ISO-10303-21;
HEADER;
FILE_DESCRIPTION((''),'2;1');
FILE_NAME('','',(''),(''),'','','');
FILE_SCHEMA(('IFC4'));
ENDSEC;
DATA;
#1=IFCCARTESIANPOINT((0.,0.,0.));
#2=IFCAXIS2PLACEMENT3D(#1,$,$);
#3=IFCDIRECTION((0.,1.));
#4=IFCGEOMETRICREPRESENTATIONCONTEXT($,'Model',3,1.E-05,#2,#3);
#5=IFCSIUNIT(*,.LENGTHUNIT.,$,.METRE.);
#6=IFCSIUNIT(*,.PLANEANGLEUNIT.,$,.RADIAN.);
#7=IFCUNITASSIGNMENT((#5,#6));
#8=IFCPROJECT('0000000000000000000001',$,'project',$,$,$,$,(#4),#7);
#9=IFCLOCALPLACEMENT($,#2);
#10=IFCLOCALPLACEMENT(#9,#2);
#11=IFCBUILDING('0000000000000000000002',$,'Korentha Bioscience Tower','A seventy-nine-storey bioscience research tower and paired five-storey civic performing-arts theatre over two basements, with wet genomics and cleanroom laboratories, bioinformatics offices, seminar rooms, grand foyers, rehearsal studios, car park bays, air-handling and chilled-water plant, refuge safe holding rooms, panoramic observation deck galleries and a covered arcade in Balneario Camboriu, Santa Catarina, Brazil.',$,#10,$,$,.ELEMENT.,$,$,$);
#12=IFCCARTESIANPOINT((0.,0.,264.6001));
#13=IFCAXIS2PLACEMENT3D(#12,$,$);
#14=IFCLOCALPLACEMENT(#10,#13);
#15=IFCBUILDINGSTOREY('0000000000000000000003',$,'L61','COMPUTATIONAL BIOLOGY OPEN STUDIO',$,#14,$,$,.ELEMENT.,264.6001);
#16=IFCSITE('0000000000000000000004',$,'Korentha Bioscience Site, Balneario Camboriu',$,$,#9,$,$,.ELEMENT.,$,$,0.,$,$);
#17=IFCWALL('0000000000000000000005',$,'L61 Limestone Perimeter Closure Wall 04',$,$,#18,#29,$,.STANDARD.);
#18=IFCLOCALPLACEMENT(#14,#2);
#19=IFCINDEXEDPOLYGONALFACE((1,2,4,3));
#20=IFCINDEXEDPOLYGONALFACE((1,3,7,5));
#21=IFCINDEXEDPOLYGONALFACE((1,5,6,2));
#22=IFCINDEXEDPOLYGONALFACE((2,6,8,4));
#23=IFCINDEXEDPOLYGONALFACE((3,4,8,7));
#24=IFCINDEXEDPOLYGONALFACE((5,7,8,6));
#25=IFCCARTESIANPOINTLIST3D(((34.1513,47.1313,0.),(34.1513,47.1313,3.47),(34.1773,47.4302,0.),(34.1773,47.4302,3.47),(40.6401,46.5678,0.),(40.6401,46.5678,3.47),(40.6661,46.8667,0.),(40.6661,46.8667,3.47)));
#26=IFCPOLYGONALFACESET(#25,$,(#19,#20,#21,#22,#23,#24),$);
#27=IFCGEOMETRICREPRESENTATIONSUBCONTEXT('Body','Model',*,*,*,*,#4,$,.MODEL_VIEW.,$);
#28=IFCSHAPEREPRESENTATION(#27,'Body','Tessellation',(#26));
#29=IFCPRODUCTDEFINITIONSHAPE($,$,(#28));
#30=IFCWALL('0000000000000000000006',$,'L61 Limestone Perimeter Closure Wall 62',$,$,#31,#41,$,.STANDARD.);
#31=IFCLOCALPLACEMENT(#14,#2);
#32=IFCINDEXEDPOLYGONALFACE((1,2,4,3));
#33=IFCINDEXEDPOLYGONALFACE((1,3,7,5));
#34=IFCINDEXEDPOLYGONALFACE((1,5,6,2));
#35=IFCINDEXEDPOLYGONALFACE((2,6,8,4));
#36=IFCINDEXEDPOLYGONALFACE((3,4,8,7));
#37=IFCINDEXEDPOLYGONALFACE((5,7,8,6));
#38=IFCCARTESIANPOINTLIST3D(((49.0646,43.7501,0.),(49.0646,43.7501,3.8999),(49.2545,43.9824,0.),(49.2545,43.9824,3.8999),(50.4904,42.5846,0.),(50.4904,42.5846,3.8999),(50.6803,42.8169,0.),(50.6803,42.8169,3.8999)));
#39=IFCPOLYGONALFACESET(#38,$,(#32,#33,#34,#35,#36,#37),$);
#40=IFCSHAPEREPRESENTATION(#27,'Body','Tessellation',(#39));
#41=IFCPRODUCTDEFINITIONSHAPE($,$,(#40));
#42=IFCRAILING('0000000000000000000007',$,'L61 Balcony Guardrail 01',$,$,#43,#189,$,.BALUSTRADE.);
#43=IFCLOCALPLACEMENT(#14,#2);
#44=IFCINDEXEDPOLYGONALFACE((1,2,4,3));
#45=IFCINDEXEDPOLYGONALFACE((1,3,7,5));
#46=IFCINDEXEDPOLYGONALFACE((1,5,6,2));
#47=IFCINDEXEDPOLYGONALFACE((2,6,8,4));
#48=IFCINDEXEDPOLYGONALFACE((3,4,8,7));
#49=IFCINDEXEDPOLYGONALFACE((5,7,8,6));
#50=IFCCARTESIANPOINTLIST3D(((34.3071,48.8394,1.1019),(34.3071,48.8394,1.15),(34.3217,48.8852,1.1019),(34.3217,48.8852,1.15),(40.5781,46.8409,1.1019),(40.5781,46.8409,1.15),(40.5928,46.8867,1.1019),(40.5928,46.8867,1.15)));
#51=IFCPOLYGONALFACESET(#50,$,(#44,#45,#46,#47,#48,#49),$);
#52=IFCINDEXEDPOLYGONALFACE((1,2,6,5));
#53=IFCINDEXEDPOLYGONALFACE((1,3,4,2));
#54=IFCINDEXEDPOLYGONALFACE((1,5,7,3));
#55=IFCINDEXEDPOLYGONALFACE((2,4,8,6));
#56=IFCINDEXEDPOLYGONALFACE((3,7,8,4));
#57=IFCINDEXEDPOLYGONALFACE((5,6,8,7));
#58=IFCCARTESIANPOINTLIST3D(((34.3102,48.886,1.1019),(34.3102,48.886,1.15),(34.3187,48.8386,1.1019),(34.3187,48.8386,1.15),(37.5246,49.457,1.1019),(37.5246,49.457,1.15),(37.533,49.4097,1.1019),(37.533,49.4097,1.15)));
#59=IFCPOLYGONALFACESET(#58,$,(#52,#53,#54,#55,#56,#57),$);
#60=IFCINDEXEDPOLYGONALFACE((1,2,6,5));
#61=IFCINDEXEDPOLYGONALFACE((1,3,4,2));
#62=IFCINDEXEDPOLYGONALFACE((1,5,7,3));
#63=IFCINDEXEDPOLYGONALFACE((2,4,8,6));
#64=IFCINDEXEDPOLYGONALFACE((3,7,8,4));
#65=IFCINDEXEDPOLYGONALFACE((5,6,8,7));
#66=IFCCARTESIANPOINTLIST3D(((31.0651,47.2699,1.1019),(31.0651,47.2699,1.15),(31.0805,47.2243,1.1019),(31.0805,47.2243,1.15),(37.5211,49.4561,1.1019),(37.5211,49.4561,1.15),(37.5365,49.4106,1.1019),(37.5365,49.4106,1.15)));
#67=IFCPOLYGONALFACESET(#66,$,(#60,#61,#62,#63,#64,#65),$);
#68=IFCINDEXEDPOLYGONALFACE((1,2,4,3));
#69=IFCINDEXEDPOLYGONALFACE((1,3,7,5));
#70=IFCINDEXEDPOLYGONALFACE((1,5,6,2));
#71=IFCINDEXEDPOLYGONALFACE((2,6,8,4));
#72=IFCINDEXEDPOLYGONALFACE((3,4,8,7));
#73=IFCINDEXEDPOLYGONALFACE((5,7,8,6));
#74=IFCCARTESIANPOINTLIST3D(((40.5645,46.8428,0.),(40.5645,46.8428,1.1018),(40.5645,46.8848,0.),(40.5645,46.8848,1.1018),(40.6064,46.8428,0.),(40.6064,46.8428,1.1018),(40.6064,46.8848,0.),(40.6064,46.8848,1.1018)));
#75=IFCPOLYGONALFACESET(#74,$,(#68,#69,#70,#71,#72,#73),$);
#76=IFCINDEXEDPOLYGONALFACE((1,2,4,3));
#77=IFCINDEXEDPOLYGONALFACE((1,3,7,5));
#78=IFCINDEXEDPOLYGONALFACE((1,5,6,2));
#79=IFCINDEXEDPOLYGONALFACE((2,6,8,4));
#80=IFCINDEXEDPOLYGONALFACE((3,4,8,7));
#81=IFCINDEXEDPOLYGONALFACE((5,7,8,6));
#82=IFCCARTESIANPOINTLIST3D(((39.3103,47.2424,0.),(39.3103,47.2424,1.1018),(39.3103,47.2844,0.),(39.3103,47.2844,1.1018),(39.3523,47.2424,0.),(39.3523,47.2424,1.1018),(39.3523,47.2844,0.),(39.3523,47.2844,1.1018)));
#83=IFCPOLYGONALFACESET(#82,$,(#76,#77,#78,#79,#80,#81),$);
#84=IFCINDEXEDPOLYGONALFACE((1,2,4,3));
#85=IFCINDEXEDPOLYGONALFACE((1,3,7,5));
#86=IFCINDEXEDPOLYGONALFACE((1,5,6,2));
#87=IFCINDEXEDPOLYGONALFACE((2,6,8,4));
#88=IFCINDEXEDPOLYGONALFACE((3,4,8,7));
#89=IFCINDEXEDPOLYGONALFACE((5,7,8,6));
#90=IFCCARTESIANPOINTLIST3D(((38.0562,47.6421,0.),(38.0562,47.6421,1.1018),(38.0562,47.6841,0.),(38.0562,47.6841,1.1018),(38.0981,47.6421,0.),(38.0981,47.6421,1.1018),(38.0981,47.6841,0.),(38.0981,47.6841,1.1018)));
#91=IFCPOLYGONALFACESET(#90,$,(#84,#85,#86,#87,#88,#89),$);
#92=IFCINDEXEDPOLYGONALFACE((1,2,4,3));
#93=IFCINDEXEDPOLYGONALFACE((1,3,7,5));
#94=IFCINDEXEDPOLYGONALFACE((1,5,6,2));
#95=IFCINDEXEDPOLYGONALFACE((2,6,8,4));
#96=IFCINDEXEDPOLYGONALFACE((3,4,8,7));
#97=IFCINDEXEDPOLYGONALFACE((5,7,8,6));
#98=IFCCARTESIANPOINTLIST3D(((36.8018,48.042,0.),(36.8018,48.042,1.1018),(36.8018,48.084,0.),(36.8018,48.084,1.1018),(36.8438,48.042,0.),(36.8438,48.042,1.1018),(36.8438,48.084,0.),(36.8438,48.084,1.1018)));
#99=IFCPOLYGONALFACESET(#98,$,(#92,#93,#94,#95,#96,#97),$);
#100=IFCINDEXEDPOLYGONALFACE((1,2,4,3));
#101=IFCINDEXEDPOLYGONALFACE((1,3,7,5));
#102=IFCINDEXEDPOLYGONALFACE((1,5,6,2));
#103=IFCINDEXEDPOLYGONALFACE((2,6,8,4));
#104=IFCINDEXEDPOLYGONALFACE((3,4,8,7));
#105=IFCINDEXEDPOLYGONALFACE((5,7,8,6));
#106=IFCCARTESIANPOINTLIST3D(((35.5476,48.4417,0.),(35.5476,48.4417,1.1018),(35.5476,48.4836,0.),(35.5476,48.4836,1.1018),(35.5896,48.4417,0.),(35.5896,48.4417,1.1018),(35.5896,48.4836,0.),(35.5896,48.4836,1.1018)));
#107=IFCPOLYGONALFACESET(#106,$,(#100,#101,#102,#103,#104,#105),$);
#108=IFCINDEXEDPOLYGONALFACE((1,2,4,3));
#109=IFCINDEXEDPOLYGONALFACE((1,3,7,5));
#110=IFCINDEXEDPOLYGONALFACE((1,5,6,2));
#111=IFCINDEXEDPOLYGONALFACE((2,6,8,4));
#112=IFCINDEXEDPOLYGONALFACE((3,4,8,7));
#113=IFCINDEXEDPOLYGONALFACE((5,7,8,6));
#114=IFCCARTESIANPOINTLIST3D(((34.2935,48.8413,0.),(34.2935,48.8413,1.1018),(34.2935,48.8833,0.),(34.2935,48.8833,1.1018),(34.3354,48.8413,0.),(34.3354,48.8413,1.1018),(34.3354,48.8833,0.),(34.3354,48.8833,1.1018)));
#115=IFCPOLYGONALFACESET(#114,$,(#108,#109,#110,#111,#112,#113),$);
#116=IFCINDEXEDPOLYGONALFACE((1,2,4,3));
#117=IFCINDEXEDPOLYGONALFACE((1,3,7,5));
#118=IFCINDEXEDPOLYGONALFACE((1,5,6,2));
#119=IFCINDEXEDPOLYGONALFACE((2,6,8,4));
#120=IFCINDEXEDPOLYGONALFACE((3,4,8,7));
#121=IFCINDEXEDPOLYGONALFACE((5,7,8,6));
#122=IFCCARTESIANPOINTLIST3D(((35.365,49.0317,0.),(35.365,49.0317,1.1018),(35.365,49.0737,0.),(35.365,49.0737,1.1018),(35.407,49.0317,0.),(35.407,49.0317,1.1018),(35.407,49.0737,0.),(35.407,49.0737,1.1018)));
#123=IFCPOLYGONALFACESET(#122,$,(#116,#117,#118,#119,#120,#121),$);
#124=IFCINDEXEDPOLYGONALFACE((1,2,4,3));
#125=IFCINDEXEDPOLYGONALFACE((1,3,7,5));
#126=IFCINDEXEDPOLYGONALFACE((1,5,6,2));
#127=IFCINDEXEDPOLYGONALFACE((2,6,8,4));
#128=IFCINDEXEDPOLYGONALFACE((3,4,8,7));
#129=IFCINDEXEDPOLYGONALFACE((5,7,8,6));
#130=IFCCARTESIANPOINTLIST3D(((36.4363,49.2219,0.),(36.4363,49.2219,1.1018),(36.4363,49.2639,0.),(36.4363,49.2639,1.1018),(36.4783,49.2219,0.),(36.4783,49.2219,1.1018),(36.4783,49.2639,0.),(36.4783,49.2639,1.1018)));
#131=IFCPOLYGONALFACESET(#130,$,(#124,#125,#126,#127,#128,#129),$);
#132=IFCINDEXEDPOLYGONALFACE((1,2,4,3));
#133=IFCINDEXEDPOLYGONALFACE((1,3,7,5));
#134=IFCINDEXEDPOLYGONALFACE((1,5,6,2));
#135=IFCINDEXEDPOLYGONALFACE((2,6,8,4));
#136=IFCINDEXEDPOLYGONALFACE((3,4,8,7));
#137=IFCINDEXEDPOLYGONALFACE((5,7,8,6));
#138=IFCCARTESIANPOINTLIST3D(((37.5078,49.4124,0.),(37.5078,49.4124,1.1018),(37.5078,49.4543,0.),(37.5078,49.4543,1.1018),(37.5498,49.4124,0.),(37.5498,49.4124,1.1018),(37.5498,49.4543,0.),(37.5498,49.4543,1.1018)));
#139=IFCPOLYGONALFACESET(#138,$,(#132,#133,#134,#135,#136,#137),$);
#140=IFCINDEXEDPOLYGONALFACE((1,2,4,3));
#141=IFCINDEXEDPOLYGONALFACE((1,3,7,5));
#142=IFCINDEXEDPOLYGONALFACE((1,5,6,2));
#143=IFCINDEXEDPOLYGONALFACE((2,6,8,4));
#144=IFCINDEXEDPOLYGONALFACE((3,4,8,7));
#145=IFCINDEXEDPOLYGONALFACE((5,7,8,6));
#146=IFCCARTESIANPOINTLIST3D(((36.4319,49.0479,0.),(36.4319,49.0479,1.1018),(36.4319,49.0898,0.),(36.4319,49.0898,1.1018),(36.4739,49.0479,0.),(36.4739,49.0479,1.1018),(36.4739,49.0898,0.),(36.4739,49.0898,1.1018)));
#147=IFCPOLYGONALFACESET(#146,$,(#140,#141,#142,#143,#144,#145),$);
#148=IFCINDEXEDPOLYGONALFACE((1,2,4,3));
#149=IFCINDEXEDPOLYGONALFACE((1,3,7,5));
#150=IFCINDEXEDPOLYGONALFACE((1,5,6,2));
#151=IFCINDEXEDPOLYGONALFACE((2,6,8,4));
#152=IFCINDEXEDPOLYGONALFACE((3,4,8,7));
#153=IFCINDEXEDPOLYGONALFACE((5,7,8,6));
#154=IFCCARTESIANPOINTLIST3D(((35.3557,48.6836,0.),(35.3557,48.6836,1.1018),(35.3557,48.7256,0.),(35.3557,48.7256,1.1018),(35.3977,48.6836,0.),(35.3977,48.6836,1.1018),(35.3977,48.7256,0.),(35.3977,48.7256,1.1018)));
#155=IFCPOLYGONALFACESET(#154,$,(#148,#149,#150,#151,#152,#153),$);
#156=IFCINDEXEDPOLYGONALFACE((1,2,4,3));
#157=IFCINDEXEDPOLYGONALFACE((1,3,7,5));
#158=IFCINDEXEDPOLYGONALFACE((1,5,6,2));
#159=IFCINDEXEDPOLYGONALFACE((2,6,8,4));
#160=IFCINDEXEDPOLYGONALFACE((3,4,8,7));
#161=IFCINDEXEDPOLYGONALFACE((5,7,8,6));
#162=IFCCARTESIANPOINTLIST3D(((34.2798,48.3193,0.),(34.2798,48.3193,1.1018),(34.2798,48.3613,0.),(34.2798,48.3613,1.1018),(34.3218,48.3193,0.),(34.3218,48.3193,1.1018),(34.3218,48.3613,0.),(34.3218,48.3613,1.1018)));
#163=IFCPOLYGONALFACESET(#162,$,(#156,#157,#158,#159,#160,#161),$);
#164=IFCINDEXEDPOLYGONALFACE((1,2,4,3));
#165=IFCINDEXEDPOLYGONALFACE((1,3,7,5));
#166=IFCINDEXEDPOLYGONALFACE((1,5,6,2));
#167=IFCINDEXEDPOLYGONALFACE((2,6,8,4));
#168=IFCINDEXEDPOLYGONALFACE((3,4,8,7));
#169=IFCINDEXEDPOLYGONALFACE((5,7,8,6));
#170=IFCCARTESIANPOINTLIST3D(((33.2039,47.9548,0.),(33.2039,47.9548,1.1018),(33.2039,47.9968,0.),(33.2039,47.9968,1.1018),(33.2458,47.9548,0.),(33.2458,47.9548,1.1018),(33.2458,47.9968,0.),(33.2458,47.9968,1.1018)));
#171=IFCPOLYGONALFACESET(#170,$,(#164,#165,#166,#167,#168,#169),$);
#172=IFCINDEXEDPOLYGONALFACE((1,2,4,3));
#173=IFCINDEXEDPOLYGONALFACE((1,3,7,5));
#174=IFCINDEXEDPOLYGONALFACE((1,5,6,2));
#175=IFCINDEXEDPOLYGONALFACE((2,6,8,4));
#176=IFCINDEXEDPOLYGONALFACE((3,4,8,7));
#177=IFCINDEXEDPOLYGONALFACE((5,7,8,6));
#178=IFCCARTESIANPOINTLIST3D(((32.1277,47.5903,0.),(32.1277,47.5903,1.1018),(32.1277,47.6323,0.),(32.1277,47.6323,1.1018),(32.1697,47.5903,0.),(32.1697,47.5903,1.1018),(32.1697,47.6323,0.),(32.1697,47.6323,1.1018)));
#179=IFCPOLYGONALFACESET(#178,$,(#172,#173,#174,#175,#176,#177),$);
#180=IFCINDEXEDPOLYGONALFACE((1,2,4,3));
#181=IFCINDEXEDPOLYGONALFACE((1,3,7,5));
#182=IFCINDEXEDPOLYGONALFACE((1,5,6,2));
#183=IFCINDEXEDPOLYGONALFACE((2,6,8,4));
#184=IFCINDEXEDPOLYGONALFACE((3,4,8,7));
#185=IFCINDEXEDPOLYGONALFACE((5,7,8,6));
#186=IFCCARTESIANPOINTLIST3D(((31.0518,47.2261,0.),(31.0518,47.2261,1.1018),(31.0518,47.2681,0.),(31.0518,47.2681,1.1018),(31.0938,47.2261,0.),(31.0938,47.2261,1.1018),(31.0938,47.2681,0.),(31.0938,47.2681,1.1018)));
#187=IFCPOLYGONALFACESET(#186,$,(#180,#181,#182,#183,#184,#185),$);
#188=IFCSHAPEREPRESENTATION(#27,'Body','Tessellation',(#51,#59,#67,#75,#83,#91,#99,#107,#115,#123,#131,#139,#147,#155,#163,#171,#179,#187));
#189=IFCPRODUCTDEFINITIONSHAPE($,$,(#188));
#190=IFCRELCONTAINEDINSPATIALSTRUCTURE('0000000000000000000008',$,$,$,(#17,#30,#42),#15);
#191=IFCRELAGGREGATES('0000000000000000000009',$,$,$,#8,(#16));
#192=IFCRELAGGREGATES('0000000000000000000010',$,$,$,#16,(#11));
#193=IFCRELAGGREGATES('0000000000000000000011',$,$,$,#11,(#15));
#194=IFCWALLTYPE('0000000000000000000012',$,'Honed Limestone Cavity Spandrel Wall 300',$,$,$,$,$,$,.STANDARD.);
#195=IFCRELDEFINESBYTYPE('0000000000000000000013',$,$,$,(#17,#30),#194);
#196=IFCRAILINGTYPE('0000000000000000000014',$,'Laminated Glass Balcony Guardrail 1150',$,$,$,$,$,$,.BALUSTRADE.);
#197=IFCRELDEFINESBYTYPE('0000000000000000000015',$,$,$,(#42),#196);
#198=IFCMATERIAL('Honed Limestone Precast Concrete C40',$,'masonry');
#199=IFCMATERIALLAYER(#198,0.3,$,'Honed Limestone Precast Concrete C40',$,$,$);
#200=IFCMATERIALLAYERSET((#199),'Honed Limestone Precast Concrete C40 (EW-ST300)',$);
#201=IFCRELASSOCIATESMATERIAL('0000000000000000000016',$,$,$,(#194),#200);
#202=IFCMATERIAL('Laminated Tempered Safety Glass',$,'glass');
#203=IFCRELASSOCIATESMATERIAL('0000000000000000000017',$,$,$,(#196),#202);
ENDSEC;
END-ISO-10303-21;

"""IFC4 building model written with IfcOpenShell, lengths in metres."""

from ifc_helpers import new_model, si_unit, direction, frame, frame_2d, origin, origin_2d, place, context, subcontext, project, spatial, rectangle, extrude, material, layer, layer_set, type_object, element, save


model = new_model("IFC4")

# Units and contexts
model_context = context("Model", 3, precision=1e-05, world=origin(), true_north=direction((0.0, 1.0)))
body_context = subcontext(model_context, "Body", "Model", "MODEL_VIEW")
ifc_project = project(units=[si_unit("LENGTHUNIT", "METRE"), si_unit("PLANEANGLEUNIT", "RADIAN")], contexts=[model_context])

# Site, building, storey
site_placement = place(None, origin())
site = spatial("IfcSite", under=ifc_project, at=site_placement, Name="Korentha Bioscience Site, Balneario Camboriu", CompositionType="ELEMENT", RefElevation=0.0)
building_placement = place(site_placement, origin())
building = spatial("IfcBuilding", under=site, at=building_placement, Name="Korentha Bioscience Tower", Description="A seventy-nine-storey bioscience research tower and paired five-storey civic performing-arts theatre over two basements, with wet genomics and cleanroom laboratories, bioinformatics offices, seminar rooms, grand foyers, rehearsal studios, car park bays, air-handling and chilled-water plant, refuge safe holding rooms, panoramic observation deck galleries and a covered arcade in Balneario Camboriu, Santa Catarina, Brazil.", CompositionType="ELEMENT")
storey_placement = place(building_placement, frame((0.0, 0.0, 264.6001)))
storey = spatial("IfcBuildingStorey", under=building, at=storey_placement, Name="L61", Description="COMPUTATIONAL BIOLOGY OPEN STUDIO", CompositionType="ELEMENT", Elevation=264.6001)

# Shared definitions
ifc_material_1 = material(Name="Honed Limestone Precast Concrete C40", Category="masonry")
ifc_layer_1 = layer(ifc_material_1, 0.3, Name="Honed Limestone Precast Concrete C40")
ifc_layer_set_1 = layer_set([ifc_layer_1], Name="Honed Limestone Precast Concrete C40 (EW-ST300)")
wall_type_1 = type_object("IfcWallType", Name="Honed Limestone Cavity Spandrel Wall 300", PredefinedType="STANDARD", material=ifc_layer_set_1)

# Walls
wall_1_placement = place(storey_placement, frame((40.6531, 46.7173, 0.0), z_axis=(0.0, 0.0, 1.0), x_axis=(-0.996251, 0.086513, 0.0)))
element("IfcWall", 1, at=wall_1_placement, inside=storey, type_object=wall_type_1, Name="L61 Limestone Perimeter Closure Wall 04", PredefinedType="STANDARD", context=body_context, shape_type="SweptSolid", body=[
    extrude(rectangle(XDim=6.5132, YDim=0.3, at=frame_2d((3.2566, 0.0))), origin(), (0.0, 0.0, 1.0), 3.47),
])
wall_2_placement = place(storey_placement, frame((50.5854, 42.7007, 0.0), z_axis=(0.0, 0.0, 1.0), x_axis=(-0.774229, 0.632906, 0.0)))
element("IfcWall", 2, at=wall_2_placement, inside=storey, type_object=wall_type_1, Name="L61 Limestone Perimeter Closure Wall 62", PredefinedType="STANDARD", context=body_context, shape_type="SweptSolid", body=[
    extrude(rectangle(XDim=1.8416, YDim=0.3, at=frame_2d((0.9209, 0.0))), origin(), (0.0, 0.0, 1.0), 3.8999),
])

# Railing
ifc_material_2 = material(Name="Laminated Tempered Safety Glass", Category="glass")
railing_type = type_object("IfcRailingType", Name="Laminated Glass Balcony Guardrail 1150", PredefinedType="BALUSTRADE", material=ifc_material_2)
railing_placement = place(storey_placement, frame((40.5854, 46.8638, 0.0)))
element("IfcRailing", 3, at=railing_placement, inside=storey, type_object=railing_type, Name="L61 Balcony Guardrail 01", PredefinedType="BALUSTRADE", context=body_context, shape_type="SweptSolid", body=[
    extrude(rectangle(XDim=0.0481, YDim=0.0481, at=origin_2d()), frame((0.0, 0.0, 1.126), z_axis=(-0.952784, 0.303648, 0.0), x_axis=(-0.303648, -0.952784, 0.0)), (0.0, 0.0, 1.0), 6.5818),
    extrude(rectangle(XDim=0.0481, YDim=0.0481, at=origin_2d()), frame((-6.271, 1.9985, 1.126), z_axis=(0.984583, 0.174916, 0.0), x_axis=(-0.174916, 0.984583, 0.0)), (0.0, 0.0, 1.0), 3.2646),
    extrude(rectangle(XDim=0.0481, YDim=0.0481, at=origin_2d()), frame((-3.0566, 2.5696, 1.126), z_axis=(-0.947165, -0.320748, 0.0), x_axis=(0.320748, -0.947165, 0.0)), (0.0, 0.0, 1.0), 6.8162),
    extrude(rectangle(XDim=0.042, YDim=0.042, at=origin_2d()), origin(), (0.0, 0.0, 1.0), 1.1018),
    extrude(rectangle(XDim=0.042, YDim=0.042, at=origin_2d()), frame((-1.2542, 0.3997, 0.0)), (0.0, 0.0, 1.0), 1.1018),
    extrude(rectangle(XDim=0.042, YDim=0.042, at=origin_2d()), frame((-2.5083, 0.7993, 0.0)), (0.0, 0.0, 1.0), 1.1018),
    extrude(rectangle(XDim=0.042, YDim=0.042, at=origin_2d()), frame((-3.7627, 1.1992, 0.0)), (0.0, 0.0, 1.0), 1.1018),
    extrude(rectangle(XDim=0.042, YDim=0.042, at=origin_2d()), frame((-5.0168, 1.5989, 0.0)), (0.0, 0.0, 1.0), 1.1018),
    extrude(rectangle(XDim=0.042, YDim=0.042, at=origin_2d()), frame((-6.271, 1.9985, 0.0)), (0.0, 0.0, 1.0), 1.1018),
    extrude(rectangle(XDim=0.042, YDim=0.042, at=origin_2d()), frame((-5.1995, 2.189, 0.0)), (0.0, 0.0, 1.0), 1.1018),
    extrude(rectangle(XDim=0.042, YDim=0.042, at=origin_2d()), frame((-4.1282, 2.3792, 0.0)), (0.0, 0.0, 1.0), 1.1018),
    extrude(rectangle(XDim=0.042, YDim=0.042, at=origin_2d()), frame((-3.0566, 2.5696, 0.0)), (0.0, 0.0, 1.0), 1.1018),
    extrude(rectangle(XDim=0.042, YDim=0.042, at=origin_2d()), frame((-4.1326, 2.2051, 0.0)), (0.0, 0.0, 1.0), 1.1018),
    extrude(rectangle(XDim=0.042, YDim=0.042, at=origin_2d()), frame((-5.2087, 1.8408, 0.0)), (0.0, 0.0, 1.0), 1.1018),
    extrude(rectangle(XDim=0.042, YDim=0.042, at=origin_2d()), frame((-6.2847, 1.4766, 0.0)), (0.0, 0.0, 1.0), 1.1018),
    extrude(rectangle(XDim=0.042, YDim=0.042, at=origin_2d()), frame((-7.3606, 1.1121, 0.0)), (0.0, 0.0, 1.0), 1.1018),
    extrude(rectangle(XDim=0.042, YDim=0.042, at=origin_2d()), frame((-8.4368, 0.7476, 0.0)), (0.0, 0.0, 1.0), 1.1018),
    extrude(rectangle(XDim=0.042, YDim=0.042, at=origin_2d()), frame((-9.5127, 0.3833, 0.0)), (0.0, 0.0, 1.0), 1.1018),
])

save(model, "model.ifc")
